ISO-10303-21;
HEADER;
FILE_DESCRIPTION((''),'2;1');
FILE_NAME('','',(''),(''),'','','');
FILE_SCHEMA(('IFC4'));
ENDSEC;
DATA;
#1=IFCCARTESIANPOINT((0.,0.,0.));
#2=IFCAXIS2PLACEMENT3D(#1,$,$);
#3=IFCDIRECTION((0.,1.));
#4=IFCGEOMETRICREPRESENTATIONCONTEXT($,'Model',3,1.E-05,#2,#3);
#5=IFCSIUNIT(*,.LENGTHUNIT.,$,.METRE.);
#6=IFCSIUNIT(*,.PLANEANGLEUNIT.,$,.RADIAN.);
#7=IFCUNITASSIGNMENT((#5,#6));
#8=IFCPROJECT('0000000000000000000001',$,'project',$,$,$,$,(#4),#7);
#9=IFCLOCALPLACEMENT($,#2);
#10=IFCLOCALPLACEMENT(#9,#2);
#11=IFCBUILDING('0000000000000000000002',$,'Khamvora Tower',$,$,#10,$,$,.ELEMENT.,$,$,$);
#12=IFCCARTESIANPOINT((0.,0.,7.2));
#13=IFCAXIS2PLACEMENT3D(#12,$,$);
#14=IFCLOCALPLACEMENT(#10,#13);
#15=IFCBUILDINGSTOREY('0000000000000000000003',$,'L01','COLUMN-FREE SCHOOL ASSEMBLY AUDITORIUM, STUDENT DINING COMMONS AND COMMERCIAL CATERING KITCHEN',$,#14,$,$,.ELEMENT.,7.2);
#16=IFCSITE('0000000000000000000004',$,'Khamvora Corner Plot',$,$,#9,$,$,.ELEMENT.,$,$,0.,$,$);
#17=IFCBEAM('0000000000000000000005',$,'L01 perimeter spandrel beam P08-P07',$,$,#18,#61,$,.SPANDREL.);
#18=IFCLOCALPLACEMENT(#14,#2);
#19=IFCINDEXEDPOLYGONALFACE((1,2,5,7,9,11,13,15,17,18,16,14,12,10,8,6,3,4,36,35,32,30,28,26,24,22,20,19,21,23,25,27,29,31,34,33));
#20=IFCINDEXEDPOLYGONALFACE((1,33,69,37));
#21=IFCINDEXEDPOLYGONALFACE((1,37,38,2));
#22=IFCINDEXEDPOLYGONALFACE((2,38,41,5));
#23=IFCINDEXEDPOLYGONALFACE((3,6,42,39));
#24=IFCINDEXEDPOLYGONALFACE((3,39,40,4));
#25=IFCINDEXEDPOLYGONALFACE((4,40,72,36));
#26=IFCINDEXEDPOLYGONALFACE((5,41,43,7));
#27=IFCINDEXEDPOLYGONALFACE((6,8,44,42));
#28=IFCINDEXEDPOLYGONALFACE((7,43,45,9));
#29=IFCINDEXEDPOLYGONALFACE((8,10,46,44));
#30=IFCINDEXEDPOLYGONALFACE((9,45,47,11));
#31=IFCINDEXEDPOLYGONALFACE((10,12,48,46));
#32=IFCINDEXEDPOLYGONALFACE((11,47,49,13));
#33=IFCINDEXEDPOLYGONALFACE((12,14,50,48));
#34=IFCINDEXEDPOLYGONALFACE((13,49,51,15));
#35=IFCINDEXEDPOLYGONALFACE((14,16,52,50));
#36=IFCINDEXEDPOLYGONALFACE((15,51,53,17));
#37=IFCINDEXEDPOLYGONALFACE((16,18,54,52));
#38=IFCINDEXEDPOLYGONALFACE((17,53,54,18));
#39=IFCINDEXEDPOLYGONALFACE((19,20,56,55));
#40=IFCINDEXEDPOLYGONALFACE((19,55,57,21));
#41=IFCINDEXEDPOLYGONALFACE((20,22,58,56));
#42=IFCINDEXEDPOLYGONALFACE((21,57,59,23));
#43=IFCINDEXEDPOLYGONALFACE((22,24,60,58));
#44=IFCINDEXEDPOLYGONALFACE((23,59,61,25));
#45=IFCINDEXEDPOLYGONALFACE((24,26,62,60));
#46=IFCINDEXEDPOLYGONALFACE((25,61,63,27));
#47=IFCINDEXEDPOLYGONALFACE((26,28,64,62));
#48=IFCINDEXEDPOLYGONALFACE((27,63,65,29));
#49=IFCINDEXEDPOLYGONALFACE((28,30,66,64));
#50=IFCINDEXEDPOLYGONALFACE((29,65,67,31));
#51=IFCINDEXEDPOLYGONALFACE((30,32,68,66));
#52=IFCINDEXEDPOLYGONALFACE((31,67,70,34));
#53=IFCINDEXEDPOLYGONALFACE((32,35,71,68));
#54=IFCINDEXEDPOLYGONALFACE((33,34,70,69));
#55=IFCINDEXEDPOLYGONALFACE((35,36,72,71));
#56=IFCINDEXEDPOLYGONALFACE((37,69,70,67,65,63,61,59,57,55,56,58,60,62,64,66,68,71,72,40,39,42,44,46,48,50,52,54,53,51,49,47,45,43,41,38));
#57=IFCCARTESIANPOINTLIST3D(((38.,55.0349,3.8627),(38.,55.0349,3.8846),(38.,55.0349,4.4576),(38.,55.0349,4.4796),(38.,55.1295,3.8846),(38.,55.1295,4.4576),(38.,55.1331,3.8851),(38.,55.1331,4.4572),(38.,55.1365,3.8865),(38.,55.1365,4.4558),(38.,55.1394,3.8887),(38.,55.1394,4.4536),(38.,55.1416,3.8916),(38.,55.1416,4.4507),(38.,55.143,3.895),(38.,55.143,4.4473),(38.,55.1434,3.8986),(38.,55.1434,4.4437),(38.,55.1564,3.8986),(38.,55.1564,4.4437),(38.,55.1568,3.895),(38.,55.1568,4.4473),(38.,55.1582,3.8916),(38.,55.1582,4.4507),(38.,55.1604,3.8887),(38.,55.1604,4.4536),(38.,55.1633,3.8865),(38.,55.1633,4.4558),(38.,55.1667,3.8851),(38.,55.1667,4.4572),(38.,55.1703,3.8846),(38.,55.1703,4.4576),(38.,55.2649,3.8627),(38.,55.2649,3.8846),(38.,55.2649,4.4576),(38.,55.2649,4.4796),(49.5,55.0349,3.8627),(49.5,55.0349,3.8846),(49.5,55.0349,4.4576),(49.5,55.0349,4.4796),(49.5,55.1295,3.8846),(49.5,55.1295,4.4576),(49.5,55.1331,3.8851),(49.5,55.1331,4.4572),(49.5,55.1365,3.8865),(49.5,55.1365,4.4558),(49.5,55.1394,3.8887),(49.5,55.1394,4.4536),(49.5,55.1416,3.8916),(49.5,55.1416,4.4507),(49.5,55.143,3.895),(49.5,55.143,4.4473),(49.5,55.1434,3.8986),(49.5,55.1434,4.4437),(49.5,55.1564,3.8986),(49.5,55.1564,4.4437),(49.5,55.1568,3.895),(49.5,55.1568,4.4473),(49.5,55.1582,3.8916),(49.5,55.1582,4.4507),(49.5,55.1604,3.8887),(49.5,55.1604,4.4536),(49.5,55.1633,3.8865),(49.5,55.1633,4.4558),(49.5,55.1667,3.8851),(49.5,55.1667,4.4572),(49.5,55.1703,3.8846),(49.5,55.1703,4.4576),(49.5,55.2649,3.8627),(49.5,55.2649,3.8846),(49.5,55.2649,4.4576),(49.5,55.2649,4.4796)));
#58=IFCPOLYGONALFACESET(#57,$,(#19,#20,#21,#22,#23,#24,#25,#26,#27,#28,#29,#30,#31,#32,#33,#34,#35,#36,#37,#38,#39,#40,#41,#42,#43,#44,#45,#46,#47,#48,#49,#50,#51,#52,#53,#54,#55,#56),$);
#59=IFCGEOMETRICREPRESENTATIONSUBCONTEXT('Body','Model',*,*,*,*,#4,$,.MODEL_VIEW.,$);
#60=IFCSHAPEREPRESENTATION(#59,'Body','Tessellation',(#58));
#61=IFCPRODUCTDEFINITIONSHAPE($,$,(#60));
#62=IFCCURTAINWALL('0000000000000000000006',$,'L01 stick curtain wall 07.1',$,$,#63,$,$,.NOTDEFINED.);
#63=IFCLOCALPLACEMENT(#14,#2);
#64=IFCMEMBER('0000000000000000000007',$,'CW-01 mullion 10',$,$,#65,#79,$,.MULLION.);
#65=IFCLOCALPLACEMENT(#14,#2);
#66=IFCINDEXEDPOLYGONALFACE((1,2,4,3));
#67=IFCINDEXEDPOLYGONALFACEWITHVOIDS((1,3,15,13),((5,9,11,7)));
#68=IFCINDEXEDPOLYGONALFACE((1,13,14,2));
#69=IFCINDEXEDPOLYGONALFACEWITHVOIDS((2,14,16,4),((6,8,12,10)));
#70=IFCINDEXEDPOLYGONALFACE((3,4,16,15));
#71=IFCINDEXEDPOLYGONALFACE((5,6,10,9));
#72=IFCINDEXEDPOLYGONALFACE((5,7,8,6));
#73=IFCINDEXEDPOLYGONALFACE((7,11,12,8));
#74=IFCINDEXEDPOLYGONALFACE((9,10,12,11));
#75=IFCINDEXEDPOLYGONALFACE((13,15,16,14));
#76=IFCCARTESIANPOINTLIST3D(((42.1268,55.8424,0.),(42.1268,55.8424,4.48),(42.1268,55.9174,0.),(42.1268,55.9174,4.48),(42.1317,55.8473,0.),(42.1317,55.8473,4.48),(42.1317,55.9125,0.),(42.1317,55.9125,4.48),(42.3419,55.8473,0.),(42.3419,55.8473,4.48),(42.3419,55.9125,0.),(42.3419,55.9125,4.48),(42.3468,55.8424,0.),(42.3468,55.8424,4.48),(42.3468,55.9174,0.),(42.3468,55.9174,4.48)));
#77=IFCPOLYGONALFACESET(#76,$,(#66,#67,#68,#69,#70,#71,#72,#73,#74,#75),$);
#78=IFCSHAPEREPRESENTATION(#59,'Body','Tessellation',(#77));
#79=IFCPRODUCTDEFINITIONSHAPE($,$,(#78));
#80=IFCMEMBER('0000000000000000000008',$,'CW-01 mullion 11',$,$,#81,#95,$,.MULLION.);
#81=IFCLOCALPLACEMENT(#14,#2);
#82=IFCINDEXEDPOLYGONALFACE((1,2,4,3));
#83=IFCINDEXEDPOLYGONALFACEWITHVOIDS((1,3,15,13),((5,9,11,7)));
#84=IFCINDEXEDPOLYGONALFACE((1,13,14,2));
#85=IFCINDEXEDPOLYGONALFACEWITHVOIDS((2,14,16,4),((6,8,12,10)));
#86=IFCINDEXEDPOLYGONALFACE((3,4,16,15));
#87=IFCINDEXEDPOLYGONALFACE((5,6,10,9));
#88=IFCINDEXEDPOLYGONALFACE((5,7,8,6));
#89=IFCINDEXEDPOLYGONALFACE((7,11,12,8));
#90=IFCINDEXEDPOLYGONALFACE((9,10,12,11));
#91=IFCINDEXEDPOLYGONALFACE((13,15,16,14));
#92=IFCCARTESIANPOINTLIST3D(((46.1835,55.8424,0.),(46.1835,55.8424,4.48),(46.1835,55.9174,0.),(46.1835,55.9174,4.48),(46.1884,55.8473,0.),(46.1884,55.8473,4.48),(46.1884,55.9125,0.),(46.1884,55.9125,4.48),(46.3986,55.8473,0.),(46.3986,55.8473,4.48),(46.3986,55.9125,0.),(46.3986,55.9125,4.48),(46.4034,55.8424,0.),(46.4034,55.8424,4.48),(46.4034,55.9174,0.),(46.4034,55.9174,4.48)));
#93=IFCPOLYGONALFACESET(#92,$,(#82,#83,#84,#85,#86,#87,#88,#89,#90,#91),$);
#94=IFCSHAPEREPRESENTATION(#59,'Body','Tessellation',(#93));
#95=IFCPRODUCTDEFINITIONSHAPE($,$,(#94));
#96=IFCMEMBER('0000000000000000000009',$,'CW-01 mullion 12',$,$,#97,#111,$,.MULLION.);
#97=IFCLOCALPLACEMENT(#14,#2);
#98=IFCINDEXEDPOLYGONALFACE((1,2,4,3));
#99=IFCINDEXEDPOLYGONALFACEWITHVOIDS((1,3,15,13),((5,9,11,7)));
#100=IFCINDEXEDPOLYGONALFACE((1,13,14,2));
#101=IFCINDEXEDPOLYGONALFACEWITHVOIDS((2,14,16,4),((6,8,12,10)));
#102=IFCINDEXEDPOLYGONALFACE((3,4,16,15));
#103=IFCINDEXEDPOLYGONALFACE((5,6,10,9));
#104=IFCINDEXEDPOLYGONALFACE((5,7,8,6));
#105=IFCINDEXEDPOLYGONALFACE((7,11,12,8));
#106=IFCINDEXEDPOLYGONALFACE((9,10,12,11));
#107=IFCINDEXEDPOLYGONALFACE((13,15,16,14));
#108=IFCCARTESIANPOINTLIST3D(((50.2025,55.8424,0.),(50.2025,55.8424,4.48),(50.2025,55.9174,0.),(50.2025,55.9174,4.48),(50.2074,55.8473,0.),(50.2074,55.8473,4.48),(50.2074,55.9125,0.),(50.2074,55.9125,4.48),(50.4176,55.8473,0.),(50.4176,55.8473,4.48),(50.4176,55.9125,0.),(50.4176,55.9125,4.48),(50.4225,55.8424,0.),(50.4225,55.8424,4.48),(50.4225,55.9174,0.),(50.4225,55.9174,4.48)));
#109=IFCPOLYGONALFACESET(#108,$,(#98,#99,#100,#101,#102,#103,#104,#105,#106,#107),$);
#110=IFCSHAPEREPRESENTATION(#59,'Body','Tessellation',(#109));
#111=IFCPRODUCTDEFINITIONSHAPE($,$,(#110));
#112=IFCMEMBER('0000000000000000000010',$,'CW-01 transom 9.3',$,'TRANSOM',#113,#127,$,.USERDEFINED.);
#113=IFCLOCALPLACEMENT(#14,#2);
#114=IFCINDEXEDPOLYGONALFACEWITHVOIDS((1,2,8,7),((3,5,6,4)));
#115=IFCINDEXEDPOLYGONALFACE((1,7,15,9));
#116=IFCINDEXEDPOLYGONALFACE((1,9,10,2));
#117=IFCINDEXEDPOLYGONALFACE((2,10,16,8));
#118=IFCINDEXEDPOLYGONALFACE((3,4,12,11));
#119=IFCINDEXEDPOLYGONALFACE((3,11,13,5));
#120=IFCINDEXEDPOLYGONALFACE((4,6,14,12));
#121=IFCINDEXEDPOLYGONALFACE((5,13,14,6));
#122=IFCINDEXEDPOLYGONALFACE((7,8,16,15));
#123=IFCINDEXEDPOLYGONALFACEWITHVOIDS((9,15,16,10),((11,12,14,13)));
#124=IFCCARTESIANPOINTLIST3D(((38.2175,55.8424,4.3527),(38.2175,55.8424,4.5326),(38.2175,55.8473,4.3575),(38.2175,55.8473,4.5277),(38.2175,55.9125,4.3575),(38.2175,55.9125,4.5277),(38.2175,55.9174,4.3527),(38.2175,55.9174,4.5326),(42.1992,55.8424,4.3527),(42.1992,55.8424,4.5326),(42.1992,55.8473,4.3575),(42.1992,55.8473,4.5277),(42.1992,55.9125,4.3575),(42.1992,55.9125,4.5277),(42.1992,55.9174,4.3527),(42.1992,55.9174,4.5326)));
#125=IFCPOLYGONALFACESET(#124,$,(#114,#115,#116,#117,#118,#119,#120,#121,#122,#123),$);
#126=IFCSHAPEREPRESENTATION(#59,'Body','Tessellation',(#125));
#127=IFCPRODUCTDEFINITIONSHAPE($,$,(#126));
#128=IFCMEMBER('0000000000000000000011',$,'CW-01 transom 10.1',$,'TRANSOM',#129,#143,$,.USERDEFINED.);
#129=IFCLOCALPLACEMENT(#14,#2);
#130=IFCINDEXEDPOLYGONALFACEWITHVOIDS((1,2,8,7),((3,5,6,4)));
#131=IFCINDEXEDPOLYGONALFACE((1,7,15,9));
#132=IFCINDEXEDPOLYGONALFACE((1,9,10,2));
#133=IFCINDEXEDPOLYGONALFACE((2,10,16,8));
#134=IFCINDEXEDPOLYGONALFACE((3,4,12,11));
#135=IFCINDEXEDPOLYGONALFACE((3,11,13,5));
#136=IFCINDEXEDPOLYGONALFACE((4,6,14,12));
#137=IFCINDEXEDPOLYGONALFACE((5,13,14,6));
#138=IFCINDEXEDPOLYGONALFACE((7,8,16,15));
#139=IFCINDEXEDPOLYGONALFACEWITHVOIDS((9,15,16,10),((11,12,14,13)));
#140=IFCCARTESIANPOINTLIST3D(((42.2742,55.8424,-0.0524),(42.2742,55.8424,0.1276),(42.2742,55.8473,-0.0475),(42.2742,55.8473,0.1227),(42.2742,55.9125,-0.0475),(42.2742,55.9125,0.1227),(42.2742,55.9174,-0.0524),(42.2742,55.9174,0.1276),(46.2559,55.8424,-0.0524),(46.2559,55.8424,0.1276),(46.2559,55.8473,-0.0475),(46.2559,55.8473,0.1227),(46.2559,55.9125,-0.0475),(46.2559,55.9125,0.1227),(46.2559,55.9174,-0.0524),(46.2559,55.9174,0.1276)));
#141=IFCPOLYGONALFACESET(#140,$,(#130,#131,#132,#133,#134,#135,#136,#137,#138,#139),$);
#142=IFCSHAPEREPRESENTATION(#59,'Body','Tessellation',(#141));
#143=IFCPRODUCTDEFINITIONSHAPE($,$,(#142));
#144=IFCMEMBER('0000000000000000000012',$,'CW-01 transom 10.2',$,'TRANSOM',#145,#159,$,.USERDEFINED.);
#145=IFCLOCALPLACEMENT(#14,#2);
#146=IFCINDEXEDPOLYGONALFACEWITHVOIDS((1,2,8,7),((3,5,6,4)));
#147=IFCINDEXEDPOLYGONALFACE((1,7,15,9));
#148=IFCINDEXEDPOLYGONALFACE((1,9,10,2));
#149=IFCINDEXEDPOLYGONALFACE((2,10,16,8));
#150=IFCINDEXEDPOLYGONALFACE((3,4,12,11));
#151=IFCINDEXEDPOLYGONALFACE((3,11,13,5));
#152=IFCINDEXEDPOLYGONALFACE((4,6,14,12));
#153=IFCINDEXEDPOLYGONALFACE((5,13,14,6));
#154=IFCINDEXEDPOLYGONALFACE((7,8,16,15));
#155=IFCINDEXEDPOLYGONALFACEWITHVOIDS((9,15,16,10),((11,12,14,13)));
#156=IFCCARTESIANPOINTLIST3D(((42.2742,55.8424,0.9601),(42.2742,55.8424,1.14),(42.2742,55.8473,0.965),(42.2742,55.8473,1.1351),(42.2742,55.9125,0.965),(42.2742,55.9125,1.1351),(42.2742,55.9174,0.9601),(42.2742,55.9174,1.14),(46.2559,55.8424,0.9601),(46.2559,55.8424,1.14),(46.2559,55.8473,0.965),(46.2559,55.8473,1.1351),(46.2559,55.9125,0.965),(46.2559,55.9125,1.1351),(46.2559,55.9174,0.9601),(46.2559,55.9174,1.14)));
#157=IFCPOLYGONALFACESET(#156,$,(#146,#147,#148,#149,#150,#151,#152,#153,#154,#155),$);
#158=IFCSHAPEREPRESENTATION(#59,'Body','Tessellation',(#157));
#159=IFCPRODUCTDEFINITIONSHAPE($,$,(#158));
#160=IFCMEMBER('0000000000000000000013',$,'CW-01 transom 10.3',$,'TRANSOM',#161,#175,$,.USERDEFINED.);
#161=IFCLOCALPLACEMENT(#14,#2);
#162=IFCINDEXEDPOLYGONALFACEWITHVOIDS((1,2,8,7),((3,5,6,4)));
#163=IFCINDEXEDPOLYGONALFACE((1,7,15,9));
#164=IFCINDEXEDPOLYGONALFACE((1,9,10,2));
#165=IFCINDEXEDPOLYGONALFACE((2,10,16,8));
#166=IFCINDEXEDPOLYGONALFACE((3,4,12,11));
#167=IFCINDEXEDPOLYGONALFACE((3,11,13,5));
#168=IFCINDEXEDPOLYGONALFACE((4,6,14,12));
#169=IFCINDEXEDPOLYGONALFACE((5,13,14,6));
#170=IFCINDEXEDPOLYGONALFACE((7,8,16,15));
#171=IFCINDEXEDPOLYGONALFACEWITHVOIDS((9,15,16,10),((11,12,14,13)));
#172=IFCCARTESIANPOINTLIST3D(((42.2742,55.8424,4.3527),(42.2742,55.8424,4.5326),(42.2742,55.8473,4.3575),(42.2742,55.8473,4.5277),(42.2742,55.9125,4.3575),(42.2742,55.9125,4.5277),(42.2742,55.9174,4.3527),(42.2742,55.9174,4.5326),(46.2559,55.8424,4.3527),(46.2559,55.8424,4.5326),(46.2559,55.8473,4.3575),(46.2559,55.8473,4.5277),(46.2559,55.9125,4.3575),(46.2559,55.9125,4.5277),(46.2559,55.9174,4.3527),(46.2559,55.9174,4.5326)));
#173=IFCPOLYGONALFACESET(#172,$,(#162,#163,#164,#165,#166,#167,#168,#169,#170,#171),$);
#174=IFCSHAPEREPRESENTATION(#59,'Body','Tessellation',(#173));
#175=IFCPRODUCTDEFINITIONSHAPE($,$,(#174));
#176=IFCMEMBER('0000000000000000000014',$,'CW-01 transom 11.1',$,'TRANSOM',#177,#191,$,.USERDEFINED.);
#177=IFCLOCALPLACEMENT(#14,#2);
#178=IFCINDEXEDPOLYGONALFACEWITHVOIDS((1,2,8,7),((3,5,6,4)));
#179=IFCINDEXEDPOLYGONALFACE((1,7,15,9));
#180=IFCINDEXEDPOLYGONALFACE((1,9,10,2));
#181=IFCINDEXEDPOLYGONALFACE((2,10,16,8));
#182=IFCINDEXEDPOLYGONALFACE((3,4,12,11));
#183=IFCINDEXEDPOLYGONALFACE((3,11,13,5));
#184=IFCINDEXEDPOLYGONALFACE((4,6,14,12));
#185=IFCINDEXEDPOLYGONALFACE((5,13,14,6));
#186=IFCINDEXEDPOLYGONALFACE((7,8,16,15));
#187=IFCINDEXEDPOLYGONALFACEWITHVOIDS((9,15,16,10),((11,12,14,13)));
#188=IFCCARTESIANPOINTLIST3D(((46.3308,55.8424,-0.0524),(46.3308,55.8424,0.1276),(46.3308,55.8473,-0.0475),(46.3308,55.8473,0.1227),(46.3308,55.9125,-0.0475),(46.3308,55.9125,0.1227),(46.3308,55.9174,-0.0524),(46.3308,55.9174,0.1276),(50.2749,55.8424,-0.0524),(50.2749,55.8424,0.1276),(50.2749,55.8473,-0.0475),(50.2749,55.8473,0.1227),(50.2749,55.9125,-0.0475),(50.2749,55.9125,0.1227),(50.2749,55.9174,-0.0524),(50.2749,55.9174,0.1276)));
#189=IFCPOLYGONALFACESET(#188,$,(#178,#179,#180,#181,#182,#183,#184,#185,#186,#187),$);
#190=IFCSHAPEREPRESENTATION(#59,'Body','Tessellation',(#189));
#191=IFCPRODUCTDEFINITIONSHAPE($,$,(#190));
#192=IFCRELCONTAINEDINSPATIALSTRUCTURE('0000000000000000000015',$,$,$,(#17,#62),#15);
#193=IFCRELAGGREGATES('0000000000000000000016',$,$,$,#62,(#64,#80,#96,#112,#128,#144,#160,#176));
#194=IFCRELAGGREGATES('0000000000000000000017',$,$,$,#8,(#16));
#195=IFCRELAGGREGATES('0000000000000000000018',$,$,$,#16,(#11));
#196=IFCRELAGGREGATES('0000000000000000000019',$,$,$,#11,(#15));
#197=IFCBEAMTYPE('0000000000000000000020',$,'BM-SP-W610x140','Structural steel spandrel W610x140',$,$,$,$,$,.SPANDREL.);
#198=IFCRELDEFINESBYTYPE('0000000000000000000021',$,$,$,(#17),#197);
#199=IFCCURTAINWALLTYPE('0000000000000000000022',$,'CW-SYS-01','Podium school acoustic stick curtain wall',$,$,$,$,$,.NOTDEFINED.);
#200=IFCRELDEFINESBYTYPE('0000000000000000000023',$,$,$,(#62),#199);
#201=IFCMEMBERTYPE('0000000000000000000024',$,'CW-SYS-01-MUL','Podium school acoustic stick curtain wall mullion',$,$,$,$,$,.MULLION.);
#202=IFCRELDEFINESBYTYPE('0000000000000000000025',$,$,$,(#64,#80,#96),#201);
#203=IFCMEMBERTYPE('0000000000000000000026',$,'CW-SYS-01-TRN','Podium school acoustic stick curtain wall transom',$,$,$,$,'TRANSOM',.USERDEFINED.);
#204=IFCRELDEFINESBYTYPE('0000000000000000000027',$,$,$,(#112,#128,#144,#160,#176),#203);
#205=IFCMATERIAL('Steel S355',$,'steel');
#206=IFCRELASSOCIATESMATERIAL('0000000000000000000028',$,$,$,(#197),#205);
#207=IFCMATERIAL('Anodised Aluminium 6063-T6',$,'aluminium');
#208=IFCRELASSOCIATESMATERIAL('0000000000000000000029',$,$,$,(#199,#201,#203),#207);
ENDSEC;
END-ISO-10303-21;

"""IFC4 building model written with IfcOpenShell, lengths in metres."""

from ifc_helpers import new_model, si_unit, direction, frame, origin, origin_2d, place, context, subcontext, project, spatial, hollow_rectangle, i_section, extrude, material, material_profile, profile_set, type_object, element, aggregate, save


model = new_model("IFC4")

# Units and contexts
model_context = context("Model", 3, precision=1e-05, world=origin(), true_north=direction((0.0, 1.0)))
body_context = subcontext(model_context, "Body", "Model", "MODEL_VIEW")
ifc_project = project(units=[si_unit("LENGTHUNIT", "METRE"), si_unit("PLANEANGLEUNIT", "RADIAN")], contexts=[model_context])

# Site, building, storey
site_placement = place(None, origin())
site = spatial("IfcSite", under=ifc_project, at=site_placement, Name="Khamvora Corner Plot", CompositionType="ELEMENT", RefElevation=0.0)
building_placement = place(site_placement, origin())
building = spatial("IfcBuilding", under=site, at=building_placement, Name="Khamvora Tower", CompositionType="ELEMENT")
storey_placement = place(building_placement, frame((0.0, 0.0, 7.2)))
storey = spatial("IfcBuildingStorey", under=building, at=storey_placement, Name="L01", Description="COLUMN-FREE SCHOOL ASSEMBLY AUDITORIUM, STUDENT DINING COMMONS AND COMMERCIAL CATERING KITCHEN", CompositionType="ELEMENT", Elevation=7.2)

# Beam
ifc_material_1 = material(Name="Steel S355", Category="steel")
ifc_material_profile_1 = material_profile(ifc_material_1, i_section(OverallWidth=0.23, OverallDepth=0.6169, WebThickness=0.0129, FlangeThickness=0.022, FilletRadius=0.0139, at=origin_2d()), Name="W610x140")
ifc_profile_set_1 = profile_set([ifc_material_profile_1], Name="Steel S355")
beam_type_1 = type_object("IfcBeamType", Name="BM-SP-W610x140", Description="Structural steel spandrel W610x140", PredefinedType="SPANDREL", material=ifc_profile_set_1)
beam_1_placement = place(storey_placement, frame((49.5, 55.1499, 4.1711), z_axis=(-1.0, 0.0, 0.0), x_axis=(0.0, -1.0, 0.0)))
element("IfcBeam", 1, at=beam_1_placement, inside=storey, type_object=beam_type_1, Name="L01 perimeter spandrel beam P08-P07", PredefinedType="SPANDREL", context=body_context, shape_type="SweptSolid", body=[
    extrude(i_section(OverallWidth=0.23, OverallDepth=0.6169, WebThickness=0.0129, FlangeThickness=0.022, FilletRadius=0.0139, at=origin_2d()), origin(), (0.0, 0.0, 1.0), 11.5),
])

# Curtain wall, members
ifc_material_2 = material(Name="Anodised Aluminium 6063-T6", Category="aluminium")
curtain_wall_type = type_object("IfcCurtainWallType", Name="CW-SYS-01", Description="Podium school acoustic stick curtain wall", PredefinedType="NOTDEFINED", material=ifc_material_2)
curtain_wall_placement = place(storey_placement, origin())
curtain_wall = element("IfcCurtainWall", 2, at=curtain_wall_placement, inside=storey, type_object=curtain_wall_type, Name="L01 stick curtain wall 07.1", PredefinedType="NOTDEFINED")
ifc_material_profile_2 = material_profile(ifc_material_2, hollow_rectangle(XDim=0.075, YDim=0.22, WallThickness=0.0049, at=origin_2d()), Name="MUL75x220x5")
ifc_profile_set_2 = profile_set([ifc_material_profile_2], Name="Anodised Aluminium 6063-T6")
member_type_1 = type_object("IfcMemberType", Name="CW-SYS-01-MUL", Description="Podium school acoustic stick curtain wall mullion", PredefinedType="MULLION", material=ifc_profile_set_2)
member_1_placement = place(storey_placement, frame((42.2368, 55.8799, 0.0), z_axis=(0.0, 0.0, 1.0), x_axis=(0.0, 1.0, 0.0)))
member_1 = element("IfcMember", 3, at=member_1_placement, type_object=member_type_1, Name="CW-01 mullion 10", PredefinedType="MULLION", context=body_context, shape_type="SweptSolid", body=[
    extrude(hollow_rectangle(XDim=0.075, YDim=0.22, WallThickness=0.0049, at=origin_2d()), origin(), (0.0, 0.0, 1.0), 4.48),
])
member_2_placement = place(storey_placement, frame((46.2935, 55.8799, 0.0), z_axis=(0.0, 0.0, 1.0), x_axis=(0.0, 1.0, 0.0)))
member_2 = element("IfcMember", 4, at=member_2_placement, type_object=member_type_1, Name="CW-01 mullion 11", PredefinedType="MULLION", context=body_context, shape_type="SweptSolid", body=[
    extrude(hollow_rectangle(XDim=0.075, YDim=0.22, WallThickness=0.0049, at=origin_2d()), origin(), (0.0, 0.0, 1.0), 4.48),
])
member_3_placement = place(storey_placement, frame((50.3125, 55.8799, 0.0), z_axis=(0.0, 0.0, 1.0), x_axis=(0.0, 1.0, 0.0)))
member_3 = element("IfcMember", 5, at=member_3_placement, type_object=member_type_1, Name="CW-01 mullion 12", PredefinedType="MULLION", context=body_context, shape_type="SweptSolid", body=[
    extrude(hollow_rectangle(XDim=0.075, YDim=0.22, WallThickness=0.0049, at=origin_2d()), origin(), (0.0, 0.0, 1.0), 4.48),
])
ifc_material_profile_3 = material_profile(ifc_material_2, hollow_rectangle(XDim=0.075, YDim=0.1799, WallThickness=0.0049, at=origin_2d()), Name="TRN75x180x5")
ifc_profile_set_3 = profile_set([ifc_material_profile_3], Name="Anodised Aluminium 6063-T6")
member_type_2 = type_object("IfcMemberType", Name="CW-SYS-01-TRN", Description="Podium school acoustic stick curtain wall transom", ElementType="TRANSOM", PredefinedType="USERDEFINED", material=ifc_profile_set_3)
member_4_placement = place(storey_placement, frame((38.2175, 55.8799, 4.4426), z_axis=(1.0, 0.0, 0.0), x_axis=(0.0, 1.0, 0.0)))
member_4 = element("IfcMember", 6, at=member_4_placement, type_object=member_type_2, Name="CW-01 transom 9.3", ObjectType="TRANSOM", PredefinedType="USERDEFINED", context=body_context, shape_type="SweptSolid", body=[
    extrude(hollow_rectangle(XDim=0.075, YDim=0.1799, WallThickness=0.0049, at=origin_2d()), origin(), (0.0, 0.0, 1.0), 3.9817),
])
member_5_placement = place(storey_placement, frame((42.2742, 55.8799, 0.0376), z_axis=(1.0, 0.0, 0.0), x_axis=(0.0, 1.0, 0.0)))
member_5 = element("IfcMember", 7, at=member_5_placement, type_object=member_type_2, Name="CW-01 transom 10.1", ObjectType="TRANSOM", PredefinedType="USERDEFINED", context=body_context, shape_type="SweptSolid", body=[
    extrude(hollow_rectangle(XDim=0.075, YDim=0.1799, WallThickness=0.0049, at=origin_2d()), origin(), (0.0, 0.0, 1.0), 3.9817),
])
member_6_placement = place(storey_placement, frame((42.2742, 55.8799, 1.05), z_axis=(1.0, 0.0, 0.0), x_axis=(0.0, 1.0, 0.0)))
member_6 = element("IfcMember", 8, at=member_6_placement, type_object=member_type_2, Name="CW-01 transom 10.2", ObjectType="TRANSOM", PredefinedType="USERDEFINED", context=body_context, shape_type="SweptSolid", body=[
    extrude(hollow_rectangle(XDim=0.075, YDim=0.1799, WallThickness=0.0049, at=origin_2d()), origin(), (0.0, 0.0, 1.0), 3.9817),
])
member_7_placement = place(storey_placement, frame((42.2742, 55.8799, 4.4426), z_axis=(1.0, 0.0, 0.0), x_axis=(0.0, 1.0, 0.0)))
member_7 = element("IfcMember", 9, at=member_7_placement, type_object=member_type_2, Name="CW-01 transom 10.3", ObjectType="TRANSOM", PredefinedType="USERDEFINED", context=body_context, shape_type="SweptSolid", body=[
    extrude(hollow_rectangle(XDim=0.075, YDim=0.1799, WallThickness=0.0049, at=origin_2d()), origin(), (0.0, 0.0, 1.0), 3.9817),
])
member_8_placement = place(storey_placement, frame((46.3308, 55.8799, 0.0376), z_axis=(1.0, 0.0, 0.0), x_axis=(0.0, 1.0, 0.0)))
member_8 = element("IfcMember", 10, at=member_8_placement, type_object=member_type_2, Name="CW-01 transom 11.1", ObjectType="TRANSOM", PredefinedType="USERDEFINED", context=body_context, shape_type="SweptSolid", body=[
    extrude(hollow_rectangle(XDim=0.075, YDim=0.1799, WallThickness=0.0049, at=origin_2d()), origin(), (0.0, 0.0, 1.0), 3.9441),
])

aggregate(curtain_wall, [member_1, member_2, member_3, member_4, member_5, member_6, member_7, member_8])

save(model, "model.ifc")
